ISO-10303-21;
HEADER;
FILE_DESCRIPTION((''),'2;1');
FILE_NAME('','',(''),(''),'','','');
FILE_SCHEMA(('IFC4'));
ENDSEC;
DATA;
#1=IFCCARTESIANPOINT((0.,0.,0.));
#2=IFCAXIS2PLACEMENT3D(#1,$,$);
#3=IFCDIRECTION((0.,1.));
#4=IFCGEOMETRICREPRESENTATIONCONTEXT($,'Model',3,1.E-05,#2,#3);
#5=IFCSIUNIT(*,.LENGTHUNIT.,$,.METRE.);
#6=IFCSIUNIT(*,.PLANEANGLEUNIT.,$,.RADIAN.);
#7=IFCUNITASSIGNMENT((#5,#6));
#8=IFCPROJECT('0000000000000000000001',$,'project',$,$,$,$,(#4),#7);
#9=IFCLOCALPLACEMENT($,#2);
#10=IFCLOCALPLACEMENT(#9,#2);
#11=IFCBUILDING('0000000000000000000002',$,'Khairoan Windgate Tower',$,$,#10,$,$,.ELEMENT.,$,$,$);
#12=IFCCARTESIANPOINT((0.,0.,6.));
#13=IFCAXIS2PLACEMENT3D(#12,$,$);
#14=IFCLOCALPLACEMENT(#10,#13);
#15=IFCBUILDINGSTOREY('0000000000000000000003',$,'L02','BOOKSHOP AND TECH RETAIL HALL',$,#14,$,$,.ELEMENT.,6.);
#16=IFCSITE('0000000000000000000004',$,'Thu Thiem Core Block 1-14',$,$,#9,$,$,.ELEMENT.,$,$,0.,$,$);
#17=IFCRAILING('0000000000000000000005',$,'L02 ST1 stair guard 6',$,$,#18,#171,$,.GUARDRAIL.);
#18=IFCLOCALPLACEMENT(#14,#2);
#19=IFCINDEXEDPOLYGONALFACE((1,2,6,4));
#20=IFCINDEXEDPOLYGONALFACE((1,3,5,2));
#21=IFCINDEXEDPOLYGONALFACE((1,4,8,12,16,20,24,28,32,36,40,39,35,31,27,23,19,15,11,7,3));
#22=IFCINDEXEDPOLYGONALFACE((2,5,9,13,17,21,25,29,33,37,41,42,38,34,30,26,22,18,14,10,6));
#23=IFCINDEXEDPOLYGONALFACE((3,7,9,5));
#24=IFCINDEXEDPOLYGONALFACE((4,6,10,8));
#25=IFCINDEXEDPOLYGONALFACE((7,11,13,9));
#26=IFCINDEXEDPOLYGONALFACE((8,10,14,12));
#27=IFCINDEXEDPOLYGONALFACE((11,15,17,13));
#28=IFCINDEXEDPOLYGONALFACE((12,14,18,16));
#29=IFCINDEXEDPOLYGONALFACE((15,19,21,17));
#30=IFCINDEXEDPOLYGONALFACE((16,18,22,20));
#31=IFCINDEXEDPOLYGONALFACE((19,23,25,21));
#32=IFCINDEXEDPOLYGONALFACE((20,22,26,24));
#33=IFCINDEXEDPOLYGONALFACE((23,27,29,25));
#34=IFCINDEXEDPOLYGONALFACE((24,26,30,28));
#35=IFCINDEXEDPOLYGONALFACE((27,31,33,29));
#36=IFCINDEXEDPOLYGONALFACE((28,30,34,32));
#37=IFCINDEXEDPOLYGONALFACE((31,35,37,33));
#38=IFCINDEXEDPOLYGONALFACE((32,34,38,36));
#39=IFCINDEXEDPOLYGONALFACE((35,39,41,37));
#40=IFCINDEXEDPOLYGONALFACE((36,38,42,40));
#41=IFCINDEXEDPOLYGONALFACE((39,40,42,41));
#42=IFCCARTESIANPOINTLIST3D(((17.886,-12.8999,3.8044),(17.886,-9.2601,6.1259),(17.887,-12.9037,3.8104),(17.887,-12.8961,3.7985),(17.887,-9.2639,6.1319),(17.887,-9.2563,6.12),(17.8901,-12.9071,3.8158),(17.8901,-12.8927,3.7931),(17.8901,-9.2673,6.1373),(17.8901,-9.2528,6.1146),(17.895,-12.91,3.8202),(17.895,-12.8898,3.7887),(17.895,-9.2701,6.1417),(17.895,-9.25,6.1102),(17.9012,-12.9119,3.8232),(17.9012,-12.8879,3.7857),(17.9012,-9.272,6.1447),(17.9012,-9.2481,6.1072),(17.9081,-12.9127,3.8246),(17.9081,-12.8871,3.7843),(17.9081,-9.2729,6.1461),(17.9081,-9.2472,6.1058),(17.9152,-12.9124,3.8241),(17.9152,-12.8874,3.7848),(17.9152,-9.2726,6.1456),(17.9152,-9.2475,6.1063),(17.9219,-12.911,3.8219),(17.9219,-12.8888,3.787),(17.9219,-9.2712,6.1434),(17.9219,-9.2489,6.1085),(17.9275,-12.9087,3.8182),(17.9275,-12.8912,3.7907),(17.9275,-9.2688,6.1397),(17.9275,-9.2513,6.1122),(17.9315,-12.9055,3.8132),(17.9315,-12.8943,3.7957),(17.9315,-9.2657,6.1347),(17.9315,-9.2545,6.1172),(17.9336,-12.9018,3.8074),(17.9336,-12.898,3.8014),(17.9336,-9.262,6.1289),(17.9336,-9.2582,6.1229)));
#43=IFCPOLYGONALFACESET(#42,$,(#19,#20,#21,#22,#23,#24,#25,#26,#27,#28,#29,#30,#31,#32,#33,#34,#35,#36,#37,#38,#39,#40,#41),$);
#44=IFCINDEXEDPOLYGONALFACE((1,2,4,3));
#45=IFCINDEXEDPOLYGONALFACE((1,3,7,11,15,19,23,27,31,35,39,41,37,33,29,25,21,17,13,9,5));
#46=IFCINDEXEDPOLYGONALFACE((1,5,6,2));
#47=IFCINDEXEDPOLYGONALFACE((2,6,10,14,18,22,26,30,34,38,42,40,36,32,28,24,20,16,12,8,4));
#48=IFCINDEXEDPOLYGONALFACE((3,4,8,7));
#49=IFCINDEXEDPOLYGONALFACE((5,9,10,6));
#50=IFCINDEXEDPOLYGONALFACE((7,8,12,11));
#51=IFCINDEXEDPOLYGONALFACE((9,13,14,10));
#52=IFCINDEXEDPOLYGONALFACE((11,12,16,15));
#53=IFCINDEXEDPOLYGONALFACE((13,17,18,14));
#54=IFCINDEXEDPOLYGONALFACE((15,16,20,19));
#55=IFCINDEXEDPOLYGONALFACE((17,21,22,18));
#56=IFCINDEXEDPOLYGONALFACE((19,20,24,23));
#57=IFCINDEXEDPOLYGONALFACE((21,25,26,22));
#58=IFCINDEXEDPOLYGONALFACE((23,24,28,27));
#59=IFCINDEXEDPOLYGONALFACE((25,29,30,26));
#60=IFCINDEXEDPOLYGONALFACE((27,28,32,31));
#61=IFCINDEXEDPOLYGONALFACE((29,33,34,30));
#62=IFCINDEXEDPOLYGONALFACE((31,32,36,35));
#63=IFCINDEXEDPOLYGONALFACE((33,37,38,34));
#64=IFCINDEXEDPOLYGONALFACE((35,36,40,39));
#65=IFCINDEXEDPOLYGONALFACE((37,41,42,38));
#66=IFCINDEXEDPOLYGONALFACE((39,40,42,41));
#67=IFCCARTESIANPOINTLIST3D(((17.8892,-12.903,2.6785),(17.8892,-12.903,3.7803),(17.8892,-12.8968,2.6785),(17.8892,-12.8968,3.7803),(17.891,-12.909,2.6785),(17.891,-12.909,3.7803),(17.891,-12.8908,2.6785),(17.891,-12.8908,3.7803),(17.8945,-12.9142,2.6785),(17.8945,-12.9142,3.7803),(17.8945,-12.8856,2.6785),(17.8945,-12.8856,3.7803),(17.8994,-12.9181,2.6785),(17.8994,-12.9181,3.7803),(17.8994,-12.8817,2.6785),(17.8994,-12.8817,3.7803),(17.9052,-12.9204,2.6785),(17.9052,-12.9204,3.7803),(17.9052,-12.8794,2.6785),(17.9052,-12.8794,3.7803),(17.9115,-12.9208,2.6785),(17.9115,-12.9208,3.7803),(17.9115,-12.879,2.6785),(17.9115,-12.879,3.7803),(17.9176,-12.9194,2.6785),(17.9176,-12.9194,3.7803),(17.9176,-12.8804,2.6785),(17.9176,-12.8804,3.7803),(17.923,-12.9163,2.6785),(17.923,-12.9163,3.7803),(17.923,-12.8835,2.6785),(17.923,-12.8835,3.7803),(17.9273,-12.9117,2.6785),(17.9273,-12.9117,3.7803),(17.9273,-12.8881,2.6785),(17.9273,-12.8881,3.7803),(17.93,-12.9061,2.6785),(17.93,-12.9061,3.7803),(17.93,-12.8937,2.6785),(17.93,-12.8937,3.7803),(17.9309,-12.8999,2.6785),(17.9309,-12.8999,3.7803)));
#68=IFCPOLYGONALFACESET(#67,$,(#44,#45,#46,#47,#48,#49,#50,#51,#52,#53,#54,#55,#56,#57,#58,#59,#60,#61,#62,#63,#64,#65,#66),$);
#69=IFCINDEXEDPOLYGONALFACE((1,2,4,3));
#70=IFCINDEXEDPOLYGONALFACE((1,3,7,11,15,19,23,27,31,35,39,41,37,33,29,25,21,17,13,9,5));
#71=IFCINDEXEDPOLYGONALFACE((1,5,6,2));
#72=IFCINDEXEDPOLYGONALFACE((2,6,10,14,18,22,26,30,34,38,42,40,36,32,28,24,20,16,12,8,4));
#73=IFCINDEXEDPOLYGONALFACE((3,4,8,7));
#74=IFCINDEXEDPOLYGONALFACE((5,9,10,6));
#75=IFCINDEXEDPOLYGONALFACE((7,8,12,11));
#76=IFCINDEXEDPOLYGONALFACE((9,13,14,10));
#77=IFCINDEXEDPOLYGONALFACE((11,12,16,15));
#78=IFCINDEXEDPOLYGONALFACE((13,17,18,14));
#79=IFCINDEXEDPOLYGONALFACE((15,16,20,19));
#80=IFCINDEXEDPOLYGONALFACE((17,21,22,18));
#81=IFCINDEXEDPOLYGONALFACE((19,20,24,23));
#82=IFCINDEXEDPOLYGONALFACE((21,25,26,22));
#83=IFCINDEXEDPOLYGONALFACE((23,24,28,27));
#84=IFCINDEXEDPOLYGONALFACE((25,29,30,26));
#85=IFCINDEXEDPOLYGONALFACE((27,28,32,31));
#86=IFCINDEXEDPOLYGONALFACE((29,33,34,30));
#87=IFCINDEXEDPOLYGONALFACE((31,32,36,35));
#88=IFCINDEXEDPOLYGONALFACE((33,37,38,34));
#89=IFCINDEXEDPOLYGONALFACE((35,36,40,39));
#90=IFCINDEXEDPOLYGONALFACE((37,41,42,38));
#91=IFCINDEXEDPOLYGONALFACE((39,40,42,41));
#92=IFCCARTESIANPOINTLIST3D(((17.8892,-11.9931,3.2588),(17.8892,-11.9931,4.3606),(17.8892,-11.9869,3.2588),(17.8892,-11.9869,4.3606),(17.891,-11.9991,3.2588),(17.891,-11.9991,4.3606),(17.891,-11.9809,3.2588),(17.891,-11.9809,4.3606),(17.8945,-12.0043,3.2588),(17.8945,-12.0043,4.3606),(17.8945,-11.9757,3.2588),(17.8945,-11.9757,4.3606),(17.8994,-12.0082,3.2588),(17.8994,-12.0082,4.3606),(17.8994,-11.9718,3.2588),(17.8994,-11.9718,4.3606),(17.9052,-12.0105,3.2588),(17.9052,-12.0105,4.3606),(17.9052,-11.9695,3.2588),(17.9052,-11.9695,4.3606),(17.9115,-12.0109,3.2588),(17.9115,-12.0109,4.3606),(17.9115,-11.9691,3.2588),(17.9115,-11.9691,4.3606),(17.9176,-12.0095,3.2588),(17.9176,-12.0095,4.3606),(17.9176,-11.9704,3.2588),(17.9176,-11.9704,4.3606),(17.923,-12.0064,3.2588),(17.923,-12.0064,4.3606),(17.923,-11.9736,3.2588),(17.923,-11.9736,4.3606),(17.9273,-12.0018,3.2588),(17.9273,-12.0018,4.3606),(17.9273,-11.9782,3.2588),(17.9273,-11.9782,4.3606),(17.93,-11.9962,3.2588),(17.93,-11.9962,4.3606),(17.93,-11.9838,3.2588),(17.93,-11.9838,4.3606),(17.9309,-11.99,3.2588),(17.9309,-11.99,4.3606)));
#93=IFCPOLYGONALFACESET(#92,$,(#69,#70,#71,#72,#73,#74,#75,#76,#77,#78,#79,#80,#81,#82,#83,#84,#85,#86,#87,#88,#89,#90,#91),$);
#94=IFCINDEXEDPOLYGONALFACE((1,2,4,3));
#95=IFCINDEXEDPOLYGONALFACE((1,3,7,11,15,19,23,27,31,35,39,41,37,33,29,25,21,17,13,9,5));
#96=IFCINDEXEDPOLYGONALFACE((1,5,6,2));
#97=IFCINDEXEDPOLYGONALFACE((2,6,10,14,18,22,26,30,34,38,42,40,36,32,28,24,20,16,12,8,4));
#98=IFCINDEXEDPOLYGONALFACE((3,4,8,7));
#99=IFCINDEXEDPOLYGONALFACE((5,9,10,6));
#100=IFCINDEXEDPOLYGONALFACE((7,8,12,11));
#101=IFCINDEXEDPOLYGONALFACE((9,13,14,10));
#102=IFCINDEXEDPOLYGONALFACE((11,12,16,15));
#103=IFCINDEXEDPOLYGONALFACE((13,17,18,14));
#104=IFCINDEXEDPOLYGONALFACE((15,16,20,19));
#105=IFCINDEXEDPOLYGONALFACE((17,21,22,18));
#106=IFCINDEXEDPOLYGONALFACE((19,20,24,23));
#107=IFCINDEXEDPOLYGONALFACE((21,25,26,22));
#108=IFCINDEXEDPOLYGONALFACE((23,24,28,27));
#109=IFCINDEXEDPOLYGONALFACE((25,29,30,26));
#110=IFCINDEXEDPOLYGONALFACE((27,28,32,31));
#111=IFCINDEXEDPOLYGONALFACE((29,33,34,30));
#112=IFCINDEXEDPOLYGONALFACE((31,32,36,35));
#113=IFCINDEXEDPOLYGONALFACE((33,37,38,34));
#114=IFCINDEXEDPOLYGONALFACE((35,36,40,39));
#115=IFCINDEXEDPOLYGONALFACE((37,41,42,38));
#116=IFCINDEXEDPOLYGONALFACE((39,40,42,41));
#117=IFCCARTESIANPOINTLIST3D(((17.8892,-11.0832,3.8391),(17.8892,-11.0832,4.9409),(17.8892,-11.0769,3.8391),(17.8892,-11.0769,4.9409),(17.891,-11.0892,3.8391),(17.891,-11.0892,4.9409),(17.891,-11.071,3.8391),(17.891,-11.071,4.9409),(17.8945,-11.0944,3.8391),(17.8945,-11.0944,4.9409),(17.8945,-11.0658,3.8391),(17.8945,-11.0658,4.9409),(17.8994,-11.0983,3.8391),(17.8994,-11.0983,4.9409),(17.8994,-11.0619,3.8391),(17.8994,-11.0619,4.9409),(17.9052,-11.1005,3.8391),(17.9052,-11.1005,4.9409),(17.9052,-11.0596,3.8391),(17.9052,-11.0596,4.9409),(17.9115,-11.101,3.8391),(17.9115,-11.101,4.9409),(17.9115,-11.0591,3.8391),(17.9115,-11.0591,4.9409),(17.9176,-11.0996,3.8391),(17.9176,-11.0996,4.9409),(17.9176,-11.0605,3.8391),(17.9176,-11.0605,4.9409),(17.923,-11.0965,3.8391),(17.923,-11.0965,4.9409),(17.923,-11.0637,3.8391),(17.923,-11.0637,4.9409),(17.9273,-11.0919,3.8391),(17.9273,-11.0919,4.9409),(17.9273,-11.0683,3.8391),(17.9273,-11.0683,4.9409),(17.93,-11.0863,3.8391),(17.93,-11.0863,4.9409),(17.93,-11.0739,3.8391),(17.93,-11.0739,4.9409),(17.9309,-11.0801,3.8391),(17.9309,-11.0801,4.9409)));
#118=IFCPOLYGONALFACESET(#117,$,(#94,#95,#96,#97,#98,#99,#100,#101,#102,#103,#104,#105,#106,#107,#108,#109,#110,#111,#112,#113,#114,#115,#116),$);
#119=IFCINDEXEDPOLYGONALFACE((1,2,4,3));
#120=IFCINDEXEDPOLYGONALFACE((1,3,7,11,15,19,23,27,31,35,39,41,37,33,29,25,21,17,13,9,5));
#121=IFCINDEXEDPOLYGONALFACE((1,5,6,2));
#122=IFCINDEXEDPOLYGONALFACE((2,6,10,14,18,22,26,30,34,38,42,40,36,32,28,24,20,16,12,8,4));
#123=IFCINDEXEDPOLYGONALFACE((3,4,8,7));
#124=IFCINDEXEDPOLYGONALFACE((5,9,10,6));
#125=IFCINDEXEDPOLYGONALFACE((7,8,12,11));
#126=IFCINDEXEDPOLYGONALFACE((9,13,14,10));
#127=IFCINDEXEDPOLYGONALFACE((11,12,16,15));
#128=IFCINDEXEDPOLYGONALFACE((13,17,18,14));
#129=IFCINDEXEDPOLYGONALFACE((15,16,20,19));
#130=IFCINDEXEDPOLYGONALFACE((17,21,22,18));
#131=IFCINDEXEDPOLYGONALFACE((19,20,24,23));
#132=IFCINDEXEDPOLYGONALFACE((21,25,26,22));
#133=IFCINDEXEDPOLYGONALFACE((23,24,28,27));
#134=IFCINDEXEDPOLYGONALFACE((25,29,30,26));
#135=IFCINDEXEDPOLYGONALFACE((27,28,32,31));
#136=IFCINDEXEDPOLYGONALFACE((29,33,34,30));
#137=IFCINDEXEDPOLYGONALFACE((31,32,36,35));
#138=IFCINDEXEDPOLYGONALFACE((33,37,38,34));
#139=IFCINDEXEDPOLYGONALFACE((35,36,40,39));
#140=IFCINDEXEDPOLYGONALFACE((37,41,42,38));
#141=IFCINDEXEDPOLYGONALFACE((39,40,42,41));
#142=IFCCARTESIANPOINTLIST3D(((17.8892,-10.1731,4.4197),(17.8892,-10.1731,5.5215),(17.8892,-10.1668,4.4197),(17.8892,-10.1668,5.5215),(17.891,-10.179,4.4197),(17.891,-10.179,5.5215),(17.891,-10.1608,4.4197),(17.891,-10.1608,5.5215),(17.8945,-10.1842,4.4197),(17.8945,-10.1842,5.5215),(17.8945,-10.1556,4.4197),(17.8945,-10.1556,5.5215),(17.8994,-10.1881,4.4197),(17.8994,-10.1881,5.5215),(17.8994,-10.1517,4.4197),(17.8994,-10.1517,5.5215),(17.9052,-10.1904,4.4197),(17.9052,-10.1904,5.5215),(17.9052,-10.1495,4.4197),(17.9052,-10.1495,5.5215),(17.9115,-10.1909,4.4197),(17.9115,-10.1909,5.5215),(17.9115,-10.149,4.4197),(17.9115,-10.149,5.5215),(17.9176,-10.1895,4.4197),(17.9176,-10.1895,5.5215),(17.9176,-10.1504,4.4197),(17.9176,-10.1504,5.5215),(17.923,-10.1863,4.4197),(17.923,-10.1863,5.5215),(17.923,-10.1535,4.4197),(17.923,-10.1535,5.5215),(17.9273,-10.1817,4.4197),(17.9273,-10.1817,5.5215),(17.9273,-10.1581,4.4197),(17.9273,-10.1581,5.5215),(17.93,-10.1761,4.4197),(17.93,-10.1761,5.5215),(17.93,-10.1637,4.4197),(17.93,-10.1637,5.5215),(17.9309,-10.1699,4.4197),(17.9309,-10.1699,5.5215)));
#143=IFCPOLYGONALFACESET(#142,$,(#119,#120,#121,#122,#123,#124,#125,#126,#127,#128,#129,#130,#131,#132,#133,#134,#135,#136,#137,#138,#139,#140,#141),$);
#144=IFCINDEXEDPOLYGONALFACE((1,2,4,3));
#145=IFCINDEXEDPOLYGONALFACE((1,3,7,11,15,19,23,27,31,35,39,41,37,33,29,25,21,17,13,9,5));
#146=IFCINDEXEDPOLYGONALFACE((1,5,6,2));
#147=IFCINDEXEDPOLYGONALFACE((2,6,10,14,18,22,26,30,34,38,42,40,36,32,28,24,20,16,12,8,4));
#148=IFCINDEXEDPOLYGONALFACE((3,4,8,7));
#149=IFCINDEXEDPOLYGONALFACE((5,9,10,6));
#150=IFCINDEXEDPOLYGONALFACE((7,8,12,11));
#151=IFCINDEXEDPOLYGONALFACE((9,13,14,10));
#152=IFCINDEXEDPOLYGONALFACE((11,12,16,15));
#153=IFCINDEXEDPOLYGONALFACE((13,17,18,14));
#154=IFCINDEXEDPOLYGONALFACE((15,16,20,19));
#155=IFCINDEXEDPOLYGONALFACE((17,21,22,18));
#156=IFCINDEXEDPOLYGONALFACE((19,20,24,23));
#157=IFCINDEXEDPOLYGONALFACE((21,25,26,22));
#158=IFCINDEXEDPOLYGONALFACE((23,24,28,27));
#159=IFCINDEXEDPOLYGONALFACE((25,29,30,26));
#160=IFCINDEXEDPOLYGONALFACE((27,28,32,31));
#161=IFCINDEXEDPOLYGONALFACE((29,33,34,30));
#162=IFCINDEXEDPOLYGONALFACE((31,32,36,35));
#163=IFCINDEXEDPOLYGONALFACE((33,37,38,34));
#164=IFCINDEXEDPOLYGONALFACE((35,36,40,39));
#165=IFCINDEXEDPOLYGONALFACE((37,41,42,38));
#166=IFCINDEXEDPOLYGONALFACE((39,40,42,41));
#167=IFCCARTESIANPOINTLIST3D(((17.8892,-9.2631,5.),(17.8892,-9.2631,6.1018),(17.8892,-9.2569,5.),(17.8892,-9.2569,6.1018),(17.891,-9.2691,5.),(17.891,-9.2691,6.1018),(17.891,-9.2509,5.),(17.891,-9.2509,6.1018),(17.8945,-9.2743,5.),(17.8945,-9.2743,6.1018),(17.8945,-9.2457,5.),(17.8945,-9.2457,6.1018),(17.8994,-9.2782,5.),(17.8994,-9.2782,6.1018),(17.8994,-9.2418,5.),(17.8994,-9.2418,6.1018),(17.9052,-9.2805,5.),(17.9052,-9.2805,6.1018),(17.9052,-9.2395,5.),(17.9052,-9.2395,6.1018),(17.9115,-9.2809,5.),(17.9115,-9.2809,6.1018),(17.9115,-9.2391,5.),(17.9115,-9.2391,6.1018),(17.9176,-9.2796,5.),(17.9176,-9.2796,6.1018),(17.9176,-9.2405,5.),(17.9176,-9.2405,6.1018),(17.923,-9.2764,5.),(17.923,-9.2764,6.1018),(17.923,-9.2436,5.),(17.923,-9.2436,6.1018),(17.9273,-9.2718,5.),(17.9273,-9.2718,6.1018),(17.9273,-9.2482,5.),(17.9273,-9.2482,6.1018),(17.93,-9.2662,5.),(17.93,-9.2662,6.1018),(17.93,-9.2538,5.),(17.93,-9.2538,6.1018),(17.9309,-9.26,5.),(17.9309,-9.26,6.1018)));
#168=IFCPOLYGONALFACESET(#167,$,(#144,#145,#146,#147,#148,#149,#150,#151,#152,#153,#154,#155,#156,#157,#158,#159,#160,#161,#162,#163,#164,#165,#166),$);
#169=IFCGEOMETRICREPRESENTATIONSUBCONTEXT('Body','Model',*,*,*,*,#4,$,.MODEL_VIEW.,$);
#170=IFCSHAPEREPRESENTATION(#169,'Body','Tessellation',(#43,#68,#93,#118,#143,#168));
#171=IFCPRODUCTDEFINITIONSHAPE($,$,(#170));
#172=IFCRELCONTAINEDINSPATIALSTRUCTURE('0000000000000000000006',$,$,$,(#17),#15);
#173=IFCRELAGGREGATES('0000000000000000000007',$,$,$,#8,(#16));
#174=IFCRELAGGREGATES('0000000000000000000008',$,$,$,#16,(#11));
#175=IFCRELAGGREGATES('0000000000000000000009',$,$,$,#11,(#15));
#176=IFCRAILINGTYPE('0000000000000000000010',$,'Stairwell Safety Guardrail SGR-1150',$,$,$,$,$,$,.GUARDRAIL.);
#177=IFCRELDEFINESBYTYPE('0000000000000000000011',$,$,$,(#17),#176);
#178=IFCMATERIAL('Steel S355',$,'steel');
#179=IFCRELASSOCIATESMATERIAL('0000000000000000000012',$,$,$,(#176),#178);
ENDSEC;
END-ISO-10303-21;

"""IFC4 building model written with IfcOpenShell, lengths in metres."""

from ifc_helpers import new_model, si_unit, direction, frame, origin, origin_2d, place, context, subcontext, project, spatial, circle, extrude, material, type_object, element, save


model = new_model("IFC4")

# Units and contexts
model_context = context("Model", 3, precision=1e-05, world=origin(), true_north=direction((0.0, 1.0)))
body_context = subcontext(model_context, "Body", "Model", "MODEL_VIEW")
ifc_project = project(units=[si_unit("LENGTHUNIT", "METRE"), si_unit("PLANEANGLEUNIT", "RADIAN")], contexts=[model_context])

# Site, building, storey
site_placement = place(None, origin())
site = spatial("IfcSite", under=ifc_project, at=site_placement, Name="Thu Thiem Core Block 1-14", CompositionType="ELEMENT", RefElevation=0.0)
building_placement = place(site_placement, origin())
building = spatial("IfcBuilding", under=site, at=building_placement, Name="Khairoan Windgate Tower", CompositionType="ELEMENT")
storey_placement = place(building_placement, frame((0.0, 0.0, 6.0)))
storey = spatial("IfcBuildingStorey", under=building, at=storey_placement, Name="L02", Description="BOOKSHOP AND TECH RETAIL HALL", CompositionType="ELEMENT", Elevation=6.0)

# Railing
ifc_material_1 = material(Name="Steel S355", Category="steel")
railing_type_1 = type_object("IfcRailingType", Name="Stairwell Safety Guardrail SGR-1150", PredefinedType="GUARDRAIL", material=ifc_material_1)
railing_1_placement = place(storey_placement, frame((17.9099, -12.8999, 2.6785)))
element("IfcRailing", 1, at=railing_1_placement, inside=storey, type_object=railing_type_1, Name="L02 ST1 stair guard 6", PredefinedType="GUARDRAIL", context=body_context, shape_type="SweptSolid", body=[
    extrude(circle(Radius=0.0239, at=origin_2d()), frame((0.0, 0.0, 1.126), z_axis=(0.0, 0.843112, 0.537739), x_axis=(-1.0, 0.0, 0.0)), (0.0, 0.0, 1.0), 4.3171),
    extrude(circle(Radius=0.021, at=origin_2d()), origin(), (0.0, 0.0, 1.0), 1.1018),
    extrude(circle(Radius=0.021, at=origin_2d()), frame((0.0, 0.9099, 0.5803)), (0.0, 0.0, 1.0), 1.1018),
    extrude(circle(Radius=0.021, at=origin_2d()), frame((0.0, 1.8198, 1.1606)), (0.0, 0.0, 1.0), 1.1018),
    extrude(circle(Radius=0.021, at=origin_2d()), frame((0.0, 2.73, 1.7412)), (0.0, 0.0, 1.0), 1.1018),
    extrude(circle(Radius=0.021, at=origin_2d()), frame((0.0, 3.6399, 2.3215)), (0.0, 0.0, 1.0), 1.1018),
])

save(model, "model.ifc")
